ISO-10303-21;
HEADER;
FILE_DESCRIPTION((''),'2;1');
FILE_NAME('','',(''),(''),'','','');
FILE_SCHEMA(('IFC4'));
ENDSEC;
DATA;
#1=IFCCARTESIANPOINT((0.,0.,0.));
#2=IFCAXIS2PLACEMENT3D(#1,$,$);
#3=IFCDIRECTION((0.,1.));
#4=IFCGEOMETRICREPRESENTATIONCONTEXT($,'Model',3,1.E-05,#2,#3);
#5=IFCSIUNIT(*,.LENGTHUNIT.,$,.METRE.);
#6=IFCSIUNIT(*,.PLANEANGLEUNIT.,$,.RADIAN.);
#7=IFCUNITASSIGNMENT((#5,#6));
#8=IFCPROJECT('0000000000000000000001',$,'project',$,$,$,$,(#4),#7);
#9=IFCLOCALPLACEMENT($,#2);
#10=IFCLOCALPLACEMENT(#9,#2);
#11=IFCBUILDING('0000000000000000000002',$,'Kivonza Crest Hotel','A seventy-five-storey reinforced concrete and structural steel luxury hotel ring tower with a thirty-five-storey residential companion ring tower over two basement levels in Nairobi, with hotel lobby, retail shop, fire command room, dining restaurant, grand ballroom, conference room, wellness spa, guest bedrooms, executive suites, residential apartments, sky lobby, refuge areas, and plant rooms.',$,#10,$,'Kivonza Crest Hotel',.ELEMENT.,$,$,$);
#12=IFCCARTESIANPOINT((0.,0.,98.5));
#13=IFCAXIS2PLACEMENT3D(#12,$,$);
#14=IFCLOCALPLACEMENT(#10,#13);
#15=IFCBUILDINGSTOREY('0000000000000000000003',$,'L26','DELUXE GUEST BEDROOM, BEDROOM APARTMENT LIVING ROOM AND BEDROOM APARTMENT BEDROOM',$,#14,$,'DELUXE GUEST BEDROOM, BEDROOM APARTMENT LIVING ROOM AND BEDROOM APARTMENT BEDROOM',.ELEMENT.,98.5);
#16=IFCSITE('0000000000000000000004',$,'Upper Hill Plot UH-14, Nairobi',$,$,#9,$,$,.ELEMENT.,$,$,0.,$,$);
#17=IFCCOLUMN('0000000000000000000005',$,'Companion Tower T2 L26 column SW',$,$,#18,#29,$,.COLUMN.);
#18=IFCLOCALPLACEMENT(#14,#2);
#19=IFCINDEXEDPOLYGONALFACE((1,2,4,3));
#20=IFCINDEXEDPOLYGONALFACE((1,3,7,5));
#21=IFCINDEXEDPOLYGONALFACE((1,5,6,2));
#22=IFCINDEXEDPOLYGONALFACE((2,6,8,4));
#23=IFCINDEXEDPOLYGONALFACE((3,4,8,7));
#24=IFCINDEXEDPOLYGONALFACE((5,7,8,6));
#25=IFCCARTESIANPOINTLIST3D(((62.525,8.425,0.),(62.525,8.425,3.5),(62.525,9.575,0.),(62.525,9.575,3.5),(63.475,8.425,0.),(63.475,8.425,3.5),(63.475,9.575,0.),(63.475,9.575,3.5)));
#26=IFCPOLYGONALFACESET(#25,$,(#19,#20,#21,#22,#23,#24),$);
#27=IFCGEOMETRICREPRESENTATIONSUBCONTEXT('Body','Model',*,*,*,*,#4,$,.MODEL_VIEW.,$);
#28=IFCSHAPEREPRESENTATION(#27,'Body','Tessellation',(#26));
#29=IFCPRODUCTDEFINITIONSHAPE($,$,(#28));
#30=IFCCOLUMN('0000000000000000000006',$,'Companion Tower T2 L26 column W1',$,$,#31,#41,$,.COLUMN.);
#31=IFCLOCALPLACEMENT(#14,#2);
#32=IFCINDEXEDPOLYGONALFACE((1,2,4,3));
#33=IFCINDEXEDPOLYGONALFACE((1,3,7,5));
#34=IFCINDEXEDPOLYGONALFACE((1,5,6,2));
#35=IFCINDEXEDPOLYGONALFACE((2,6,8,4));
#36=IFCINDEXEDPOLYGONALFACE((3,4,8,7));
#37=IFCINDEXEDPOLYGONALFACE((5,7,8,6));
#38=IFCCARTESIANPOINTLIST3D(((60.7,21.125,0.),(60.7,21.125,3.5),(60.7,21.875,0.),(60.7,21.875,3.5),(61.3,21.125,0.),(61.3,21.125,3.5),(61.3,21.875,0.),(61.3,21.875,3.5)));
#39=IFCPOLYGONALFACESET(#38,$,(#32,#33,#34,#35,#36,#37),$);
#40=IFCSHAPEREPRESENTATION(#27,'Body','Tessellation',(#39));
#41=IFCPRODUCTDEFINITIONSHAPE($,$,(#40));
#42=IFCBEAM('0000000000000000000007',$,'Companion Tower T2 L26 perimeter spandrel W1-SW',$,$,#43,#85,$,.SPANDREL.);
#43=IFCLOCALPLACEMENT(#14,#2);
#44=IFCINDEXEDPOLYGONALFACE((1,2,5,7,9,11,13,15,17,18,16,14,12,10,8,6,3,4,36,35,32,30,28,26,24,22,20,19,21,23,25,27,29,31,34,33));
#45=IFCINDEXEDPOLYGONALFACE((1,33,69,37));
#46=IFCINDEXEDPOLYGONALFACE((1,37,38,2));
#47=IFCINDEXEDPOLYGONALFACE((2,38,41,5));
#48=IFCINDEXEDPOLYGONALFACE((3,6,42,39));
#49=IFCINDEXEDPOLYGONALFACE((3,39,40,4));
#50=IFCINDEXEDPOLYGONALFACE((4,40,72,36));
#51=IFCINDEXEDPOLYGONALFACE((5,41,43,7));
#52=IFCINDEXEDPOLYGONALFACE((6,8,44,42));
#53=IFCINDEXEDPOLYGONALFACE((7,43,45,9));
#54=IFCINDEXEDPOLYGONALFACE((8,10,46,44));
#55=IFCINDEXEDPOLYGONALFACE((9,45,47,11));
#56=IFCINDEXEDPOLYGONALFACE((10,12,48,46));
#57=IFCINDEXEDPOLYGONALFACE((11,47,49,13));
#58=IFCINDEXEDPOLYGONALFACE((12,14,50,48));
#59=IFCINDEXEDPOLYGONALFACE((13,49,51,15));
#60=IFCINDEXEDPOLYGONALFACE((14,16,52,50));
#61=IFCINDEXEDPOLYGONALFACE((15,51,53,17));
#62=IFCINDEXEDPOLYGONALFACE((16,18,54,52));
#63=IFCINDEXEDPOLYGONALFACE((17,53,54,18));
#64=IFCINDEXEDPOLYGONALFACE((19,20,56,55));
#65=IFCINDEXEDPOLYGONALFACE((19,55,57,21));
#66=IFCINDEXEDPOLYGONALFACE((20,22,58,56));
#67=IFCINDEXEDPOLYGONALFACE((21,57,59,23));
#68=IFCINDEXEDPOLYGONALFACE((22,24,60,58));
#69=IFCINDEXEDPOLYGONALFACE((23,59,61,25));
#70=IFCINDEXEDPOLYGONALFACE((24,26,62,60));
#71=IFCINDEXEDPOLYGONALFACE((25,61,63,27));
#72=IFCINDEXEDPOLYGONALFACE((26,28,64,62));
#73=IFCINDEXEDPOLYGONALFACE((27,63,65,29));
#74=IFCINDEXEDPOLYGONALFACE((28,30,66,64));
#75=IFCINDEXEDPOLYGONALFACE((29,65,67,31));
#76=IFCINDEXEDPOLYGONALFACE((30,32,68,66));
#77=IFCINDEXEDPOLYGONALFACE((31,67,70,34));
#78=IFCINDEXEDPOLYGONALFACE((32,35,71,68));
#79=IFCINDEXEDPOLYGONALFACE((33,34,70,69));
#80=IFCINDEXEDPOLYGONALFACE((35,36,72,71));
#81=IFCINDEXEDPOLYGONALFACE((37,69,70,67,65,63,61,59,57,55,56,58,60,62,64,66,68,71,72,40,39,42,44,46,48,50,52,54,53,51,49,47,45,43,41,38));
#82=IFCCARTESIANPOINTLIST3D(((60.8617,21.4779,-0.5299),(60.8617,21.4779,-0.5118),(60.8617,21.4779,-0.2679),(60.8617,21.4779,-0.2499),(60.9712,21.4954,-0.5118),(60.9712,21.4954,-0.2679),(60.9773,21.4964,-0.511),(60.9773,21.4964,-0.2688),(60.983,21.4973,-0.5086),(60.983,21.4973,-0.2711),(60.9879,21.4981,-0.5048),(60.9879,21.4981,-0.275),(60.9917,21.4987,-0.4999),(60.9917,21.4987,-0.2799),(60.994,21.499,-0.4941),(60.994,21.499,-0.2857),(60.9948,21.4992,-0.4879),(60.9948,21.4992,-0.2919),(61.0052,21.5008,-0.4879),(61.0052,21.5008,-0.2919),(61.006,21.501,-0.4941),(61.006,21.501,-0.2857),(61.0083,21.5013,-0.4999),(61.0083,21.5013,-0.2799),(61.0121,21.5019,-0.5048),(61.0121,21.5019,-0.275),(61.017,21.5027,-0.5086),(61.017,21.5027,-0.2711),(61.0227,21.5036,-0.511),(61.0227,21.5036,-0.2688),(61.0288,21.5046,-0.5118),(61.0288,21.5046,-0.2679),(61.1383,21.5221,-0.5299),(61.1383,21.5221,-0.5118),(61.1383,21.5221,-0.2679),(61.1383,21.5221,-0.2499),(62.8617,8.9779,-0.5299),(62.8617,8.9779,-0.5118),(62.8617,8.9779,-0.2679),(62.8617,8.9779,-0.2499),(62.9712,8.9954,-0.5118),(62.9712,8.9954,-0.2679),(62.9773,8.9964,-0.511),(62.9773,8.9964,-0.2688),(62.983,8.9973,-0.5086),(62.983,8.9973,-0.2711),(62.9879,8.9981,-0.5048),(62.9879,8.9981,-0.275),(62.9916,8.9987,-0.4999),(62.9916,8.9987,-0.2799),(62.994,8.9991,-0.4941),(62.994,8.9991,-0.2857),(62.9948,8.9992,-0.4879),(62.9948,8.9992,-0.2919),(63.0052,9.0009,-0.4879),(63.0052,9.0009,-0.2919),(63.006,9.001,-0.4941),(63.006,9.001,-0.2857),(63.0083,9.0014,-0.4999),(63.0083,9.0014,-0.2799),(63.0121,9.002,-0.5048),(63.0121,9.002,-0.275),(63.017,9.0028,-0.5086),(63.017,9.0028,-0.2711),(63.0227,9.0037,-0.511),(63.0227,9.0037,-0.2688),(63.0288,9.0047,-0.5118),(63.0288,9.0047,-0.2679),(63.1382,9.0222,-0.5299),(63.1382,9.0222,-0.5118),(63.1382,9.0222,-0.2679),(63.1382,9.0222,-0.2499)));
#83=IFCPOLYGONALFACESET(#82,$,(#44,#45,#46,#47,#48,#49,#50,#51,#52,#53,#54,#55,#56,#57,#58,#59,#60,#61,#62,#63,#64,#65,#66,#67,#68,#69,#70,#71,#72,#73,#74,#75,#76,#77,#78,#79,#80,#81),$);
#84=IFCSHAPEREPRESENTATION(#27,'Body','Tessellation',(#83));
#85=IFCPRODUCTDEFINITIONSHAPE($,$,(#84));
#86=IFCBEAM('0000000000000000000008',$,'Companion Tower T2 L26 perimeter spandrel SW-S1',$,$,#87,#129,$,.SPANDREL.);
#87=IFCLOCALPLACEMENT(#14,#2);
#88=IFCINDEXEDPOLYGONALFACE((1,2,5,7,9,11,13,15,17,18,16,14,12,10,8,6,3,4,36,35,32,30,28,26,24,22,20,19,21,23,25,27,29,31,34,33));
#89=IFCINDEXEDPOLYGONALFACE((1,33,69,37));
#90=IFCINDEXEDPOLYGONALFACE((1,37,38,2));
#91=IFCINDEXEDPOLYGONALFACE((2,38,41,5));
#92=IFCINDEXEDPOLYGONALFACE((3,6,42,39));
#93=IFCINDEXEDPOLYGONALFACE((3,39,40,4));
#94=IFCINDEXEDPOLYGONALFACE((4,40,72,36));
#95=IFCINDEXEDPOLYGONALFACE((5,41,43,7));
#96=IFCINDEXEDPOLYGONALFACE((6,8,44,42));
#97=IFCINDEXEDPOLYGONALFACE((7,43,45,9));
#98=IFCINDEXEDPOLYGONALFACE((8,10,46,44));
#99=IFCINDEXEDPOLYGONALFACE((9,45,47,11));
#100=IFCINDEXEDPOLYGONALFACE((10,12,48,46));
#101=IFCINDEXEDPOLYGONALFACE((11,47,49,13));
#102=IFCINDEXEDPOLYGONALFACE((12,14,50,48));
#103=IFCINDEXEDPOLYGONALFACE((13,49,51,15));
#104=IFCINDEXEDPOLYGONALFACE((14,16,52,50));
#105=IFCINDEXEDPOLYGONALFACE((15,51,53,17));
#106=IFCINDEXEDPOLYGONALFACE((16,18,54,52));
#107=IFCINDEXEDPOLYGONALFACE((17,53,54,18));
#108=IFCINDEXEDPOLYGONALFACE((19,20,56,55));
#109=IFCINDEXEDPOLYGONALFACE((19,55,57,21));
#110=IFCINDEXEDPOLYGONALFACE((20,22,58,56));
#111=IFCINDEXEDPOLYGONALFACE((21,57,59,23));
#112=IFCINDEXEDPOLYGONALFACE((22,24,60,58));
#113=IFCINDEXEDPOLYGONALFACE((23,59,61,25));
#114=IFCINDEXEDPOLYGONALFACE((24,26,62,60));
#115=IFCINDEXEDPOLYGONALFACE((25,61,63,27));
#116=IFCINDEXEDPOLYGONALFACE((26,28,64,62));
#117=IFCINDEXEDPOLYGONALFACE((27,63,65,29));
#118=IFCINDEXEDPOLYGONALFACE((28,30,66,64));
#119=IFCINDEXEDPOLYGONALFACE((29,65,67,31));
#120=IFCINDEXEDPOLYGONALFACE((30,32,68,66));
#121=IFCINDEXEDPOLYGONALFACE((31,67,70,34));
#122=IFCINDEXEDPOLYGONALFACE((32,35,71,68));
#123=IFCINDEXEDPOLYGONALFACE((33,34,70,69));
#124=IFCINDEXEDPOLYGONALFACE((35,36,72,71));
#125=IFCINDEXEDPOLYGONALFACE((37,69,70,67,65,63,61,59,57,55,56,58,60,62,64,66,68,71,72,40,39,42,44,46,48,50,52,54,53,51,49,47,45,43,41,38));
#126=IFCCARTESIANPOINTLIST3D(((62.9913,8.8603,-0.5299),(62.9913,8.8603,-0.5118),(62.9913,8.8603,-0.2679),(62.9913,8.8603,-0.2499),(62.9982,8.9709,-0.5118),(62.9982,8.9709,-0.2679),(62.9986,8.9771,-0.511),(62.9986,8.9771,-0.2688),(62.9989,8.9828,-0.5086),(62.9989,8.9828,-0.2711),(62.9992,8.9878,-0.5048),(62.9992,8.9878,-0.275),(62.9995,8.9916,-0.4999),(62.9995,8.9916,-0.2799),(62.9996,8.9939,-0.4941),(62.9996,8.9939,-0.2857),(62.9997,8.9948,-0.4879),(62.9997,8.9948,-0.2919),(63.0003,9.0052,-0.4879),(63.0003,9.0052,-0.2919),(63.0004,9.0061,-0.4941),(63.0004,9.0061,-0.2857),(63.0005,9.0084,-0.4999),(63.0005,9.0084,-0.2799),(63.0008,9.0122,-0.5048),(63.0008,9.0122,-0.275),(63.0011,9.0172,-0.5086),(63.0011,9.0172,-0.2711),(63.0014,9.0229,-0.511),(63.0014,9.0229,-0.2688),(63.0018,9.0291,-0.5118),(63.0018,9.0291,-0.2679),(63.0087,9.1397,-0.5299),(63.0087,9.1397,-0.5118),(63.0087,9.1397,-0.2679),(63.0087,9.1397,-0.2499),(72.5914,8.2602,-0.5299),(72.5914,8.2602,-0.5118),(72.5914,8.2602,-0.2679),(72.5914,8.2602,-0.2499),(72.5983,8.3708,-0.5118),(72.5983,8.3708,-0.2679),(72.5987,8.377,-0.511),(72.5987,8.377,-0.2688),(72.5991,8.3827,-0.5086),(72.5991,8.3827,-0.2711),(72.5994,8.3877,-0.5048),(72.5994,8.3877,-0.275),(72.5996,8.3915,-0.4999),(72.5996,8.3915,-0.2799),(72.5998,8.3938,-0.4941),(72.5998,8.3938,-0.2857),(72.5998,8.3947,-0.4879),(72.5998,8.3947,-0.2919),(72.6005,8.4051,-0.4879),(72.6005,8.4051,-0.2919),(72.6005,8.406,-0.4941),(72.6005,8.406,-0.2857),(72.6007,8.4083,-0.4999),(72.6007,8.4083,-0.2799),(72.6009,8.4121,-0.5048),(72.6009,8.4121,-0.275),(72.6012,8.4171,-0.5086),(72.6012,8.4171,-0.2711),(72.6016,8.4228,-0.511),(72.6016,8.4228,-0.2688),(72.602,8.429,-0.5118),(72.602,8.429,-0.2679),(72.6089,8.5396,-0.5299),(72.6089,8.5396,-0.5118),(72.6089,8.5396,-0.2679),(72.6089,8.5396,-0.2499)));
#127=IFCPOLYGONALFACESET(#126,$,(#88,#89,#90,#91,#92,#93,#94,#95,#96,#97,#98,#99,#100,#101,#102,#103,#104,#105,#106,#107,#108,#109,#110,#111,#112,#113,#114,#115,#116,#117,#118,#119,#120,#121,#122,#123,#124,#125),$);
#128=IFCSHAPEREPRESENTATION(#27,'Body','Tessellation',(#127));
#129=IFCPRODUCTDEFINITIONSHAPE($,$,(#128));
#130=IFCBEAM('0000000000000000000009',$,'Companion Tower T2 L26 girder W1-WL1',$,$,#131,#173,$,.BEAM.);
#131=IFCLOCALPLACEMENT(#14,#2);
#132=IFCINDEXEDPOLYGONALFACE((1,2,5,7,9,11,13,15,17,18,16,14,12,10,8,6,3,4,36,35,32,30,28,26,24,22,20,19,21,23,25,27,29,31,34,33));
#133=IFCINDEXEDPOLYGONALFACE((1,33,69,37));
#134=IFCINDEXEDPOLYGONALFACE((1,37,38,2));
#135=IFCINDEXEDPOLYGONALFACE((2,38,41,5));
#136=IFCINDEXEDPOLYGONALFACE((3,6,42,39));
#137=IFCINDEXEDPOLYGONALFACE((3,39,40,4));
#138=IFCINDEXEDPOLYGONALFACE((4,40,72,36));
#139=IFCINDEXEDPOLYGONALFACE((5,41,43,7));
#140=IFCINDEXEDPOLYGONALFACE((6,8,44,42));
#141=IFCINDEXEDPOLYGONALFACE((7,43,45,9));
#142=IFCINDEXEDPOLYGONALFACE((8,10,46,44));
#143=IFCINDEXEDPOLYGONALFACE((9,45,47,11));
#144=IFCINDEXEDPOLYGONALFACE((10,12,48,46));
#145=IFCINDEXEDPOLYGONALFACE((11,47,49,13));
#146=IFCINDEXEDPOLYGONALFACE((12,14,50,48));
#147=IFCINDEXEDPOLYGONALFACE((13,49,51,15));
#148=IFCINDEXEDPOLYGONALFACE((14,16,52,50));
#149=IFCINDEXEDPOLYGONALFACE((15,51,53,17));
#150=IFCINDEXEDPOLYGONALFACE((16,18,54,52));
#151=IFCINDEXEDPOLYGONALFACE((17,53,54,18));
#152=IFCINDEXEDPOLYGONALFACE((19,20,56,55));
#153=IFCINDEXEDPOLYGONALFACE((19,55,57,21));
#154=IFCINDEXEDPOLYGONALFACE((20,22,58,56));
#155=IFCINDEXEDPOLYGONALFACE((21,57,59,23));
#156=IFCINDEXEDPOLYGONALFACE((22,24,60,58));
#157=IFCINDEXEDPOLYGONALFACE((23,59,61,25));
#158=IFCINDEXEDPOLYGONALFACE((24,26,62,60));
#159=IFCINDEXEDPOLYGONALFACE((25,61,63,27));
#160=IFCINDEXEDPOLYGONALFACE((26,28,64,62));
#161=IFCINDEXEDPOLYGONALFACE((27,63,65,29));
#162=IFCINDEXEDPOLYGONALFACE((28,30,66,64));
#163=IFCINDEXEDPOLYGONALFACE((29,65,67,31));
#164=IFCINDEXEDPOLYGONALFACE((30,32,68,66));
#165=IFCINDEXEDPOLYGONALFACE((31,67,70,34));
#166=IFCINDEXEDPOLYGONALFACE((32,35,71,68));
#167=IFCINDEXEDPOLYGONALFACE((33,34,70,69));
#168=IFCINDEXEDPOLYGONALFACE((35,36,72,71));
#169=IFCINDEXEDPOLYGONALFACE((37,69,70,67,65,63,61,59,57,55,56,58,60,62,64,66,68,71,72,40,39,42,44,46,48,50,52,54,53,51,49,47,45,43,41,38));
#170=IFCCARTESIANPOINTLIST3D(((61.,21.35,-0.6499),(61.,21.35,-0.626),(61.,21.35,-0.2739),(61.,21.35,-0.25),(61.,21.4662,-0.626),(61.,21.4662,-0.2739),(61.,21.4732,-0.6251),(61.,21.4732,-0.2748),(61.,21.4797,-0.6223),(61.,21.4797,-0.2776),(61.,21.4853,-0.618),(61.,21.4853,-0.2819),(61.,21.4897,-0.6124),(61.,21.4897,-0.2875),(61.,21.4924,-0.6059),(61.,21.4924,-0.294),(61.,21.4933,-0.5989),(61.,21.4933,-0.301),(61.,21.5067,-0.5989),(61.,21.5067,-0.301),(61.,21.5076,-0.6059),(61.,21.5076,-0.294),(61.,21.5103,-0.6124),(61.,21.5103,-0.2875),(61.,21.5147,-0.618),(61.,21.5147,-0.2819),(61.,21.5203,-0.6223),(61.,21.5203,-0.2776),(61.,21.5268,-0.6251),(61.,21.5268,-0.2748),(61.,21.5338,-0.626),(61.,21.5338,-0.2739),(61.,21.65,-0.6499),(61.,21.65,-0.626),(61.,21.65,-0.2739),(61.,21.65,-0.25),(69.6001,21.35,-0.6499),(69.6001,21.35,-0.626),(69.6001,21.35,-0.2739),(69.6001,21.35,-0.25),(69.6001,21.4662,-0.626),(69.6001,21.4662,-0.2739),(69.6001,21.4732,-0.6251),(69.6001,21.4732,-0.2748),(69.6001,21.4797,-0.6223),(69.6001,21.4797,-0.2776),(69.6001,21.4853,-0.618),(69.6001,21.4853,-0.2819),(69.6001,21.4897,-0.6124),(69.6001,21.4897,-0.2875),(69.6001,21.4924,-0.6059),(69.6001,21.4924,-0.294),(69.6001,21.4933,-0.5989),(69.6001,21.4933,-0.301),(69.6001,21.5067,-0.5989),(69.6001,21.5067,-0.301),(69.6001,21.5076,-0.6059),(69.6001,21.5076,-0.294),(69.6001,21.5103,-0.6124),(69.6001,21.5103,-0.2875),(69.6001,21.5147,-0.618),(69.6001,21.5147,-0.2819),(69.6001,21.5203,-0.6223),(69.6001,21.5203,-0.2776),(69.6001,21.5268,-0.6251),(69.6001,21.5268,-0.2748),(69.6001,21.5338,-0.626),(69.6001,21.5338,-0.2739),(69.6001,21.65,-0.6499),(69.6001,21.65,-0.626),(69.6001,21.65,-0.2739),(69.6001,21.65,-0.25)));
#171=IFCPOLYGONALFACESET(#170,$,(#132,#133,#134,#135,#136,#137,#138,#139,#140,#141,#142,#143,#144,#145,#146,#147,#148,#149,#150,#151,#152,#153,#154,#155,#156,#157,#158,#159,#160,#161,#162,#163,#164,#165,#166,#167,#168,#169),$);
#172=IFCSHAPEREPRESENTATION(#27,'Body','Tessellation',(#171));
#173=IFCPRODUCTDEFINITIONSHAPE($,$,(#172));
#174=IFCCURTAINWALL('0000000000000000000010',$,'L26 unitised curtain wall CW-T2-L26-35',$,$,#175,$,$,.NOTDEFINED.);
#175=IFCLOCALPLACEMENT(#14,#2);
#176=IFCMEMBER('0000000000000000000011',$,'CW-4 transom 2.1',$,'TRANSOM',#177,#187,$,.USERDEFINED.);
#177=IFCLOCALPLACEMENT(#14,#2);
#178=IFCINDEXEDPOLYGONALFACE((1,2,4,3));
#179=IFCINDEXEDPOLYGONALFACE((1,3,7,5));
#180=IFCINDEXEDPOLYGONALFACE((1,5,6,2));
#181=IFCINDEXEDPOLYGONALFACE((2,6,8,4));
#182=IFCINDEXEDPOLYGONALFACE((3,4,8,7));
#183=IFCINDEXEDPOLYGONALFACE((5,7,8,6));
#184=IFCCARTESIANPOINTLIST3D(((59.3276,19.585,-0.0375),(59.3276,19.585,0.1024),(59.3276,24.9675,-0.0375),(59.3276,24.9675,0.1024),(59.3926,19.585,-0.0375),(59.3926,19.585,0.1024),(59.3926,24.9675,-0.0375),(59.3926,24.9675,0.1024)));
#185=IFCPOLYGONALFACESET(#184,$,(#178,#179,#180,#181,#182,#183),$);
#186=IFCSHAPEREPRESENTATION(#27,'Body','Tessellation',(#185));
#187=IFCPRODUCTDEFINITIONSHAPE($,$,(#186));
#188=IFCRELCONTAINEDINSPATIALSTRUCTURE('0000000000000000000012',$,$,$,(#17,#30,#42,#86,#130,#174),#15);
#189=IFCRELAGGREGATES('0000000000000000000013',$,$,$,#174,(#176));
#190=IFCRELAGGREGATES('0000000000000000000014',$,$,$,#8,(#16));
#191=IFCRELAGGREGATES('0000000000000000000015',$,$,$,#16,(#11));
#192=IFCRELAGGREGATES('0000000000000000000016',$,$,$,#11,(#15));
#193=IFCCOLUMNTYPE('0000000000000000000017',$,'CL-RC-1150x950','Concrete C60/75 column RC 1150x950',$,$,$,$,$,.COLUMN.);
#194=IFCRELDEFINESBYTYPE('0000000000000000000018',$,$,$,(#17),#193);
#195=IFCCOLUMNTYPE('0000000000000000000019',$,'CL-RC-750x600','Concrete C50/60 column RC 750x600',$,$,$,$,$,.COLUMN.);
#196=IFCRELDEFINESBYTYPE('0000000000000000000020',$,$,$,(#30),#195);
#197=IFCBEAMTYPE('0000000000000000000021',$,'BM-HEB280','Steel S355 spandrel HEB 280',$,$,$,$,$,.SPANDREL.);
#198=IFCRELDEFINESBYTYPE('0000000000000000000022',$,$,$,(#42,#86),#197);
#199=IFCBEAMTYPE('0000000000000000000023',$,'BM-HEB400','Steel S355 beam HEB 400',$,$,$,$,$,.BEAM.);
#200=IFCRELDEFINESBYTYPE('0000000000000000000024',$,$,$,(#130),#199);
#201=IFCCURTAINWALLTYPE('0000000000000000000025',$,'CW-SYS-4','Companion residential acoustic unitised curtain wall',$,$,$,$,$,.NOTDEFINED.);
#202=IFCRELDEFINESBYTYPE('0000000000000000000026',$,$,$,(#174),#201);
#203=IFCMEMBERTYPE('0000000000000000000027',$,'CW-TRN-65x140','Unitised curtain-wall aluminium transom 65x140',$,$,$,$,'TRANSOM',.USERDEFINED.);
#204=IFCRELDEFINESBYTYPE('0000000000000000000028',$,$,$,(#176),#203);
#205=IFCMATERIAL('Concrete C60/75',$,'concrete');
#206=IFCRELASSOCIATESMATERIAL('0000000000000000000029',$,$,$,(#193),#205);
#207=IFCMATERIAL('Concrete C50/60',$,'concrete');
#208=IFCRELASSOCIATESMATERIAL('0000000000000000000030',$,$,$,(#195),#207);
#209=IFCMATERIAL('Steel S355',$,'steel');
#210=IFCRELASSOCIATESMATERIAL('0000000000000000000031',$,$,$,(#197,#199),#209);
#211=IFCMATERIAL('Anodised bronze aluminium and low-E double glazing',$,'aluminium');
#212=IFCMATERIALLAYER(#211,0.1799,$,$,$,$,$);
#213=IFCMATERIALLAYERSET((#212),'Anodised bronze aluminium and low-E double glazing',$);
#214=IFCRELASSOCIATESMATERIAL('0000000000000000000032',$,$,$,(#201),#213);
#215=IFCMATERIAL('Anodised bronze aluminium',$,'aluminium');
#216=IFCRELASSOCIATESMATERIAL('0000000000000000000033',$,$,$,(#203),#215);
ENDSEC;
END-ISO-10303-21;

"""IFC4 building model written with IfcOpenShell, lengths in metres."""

from ifc_helpers import new_model, si_unit, direction, frame, origin, origin_2d, place, context, subcontext, project, spatial, rectangle, i_section, extrude, material, layer, layer_set, material_profile, profile_set, type_object, element, aggregate, save


model = new_model("IFC4")

# Units and contexts
model_context = context("Model", 3, precision=1e-05, world=origin(), true_north=direction((0.0, 1.0)))
body_context = subcontext(model_context, "Body", "Model", "MODEL_VIEW")
ifc_project = project(units=[si_unit("LENGTHUNIT", "METRE"), si_unit("PLANEANGLEUNIT", "RADIAN")], contexts=[model_context])

# Site, building, storey
site_placement = place(None, origin())
site = spatial("IfcSite", under=ifc_project, at=site_placement, Name="Upper Hill Plot UH-14, Nairobi", CompositionType="ELEMENT", RefElevation=0.0)
building_placement = place(site_placement, origin())
building = spatial("IfcBuilding", under=site, at=building_placement, Name="Kivonza Crest Hotel", Description="A seventy-five-storey reinforced concrete and structural steel luxury hotel ring tower with a thirty-five-storey residential companion ring tower over two basement levels in Nairobi, with hotel lobby, retail shop, fire command room, dining restaurant, grand ballroom, conference room, wellness spa, guest bedrooms, executive suites, residential apartments, sky lobby, refuge areas, and plant rooms.", LongName="Kivonza Crest Hotel", CompositionType="ELEMENT")
storey_placement = place(building_placement, frame((0.0, 0.0, 98.5)))
storey = spatial("IfcBuildingStorey", under=building, at=storey_placement, Name="L26", Description="DELUXE GUEST BEDROOM, BEDROOM APARTMENT LIVING ROOM AND BEDROOM APARTMENT BEDROOM", LongName="DELUXE GUEST BEDROOM, BEDROOM APARTMENT LIVING ROOM AND BEDROOM APARTMENT BEDROOM", CompositionType="ELEMENT", Elevation=98.5)

# Columns
ifc_material_1 = material(Name="Concrete C60/75", Category="concrete")
ifc_material_profile_1 = material_profile(ifc_material_1, rectangle(XDim=0.95, YDim=1.1499, at=origin_2d()), Name="RC 1150x950")
ifc_profile_set_1 = profile_set([ifc_material_profile_1], Name="Concrete C60/75")
column_type_1 = type_object("IfcColumnType", Name="CL-RC-1150x950", Description="Concrete C60/75 column RC 1150x950", PredefinedType="COLUMN", material=ifc_profile_set_1)
column_1_placement = place(storey_placement, frame((63.0, 9.0, 0.0), z_axis=(0.0, 0.0, 1.0), x_axis=(1.0, 0.0, 0.0)))
element("IfcColumn", 1, at=column_1_placement, inside=storey, type_object=column_type_1, Name="Companion Tower T2 L26 column SW", PredefinedType="COLUMN", context=body_context, shape_type="SweptSolid", body=[
    extrude(rectangle(XDim=0.95, YDim=1.1499, at=origin_2d()), origin(), (0.0, 0.0, 1.0), 3.5),
])
ifc_material_2 = material(Name="Concrete C50/60", Category="concrete")
ifc_material_profile_2 = material_profile(ifc_material_2, rectangle(XDim=0.6001, YDim=0.75, at=origin_2d()), Name="RC 750x600")
ifc_profile_set_2 = profile_set([ifc_material_profile_2], Name="Concrete C50/60")
column_type_2 = type_object("IfcColumnType", Name="CL-RC-750x600", Description="Concrete C50/60 column RC 750x600", PredefinedType="COLUMN", material=ifc_profile_set_2)
column_2_placement = place(storey_placement, frame((61.0, 21.5, 0.0), z_axis=(0.0, 0.0, 1.0), x_axis=(1.0, 0.0, 0.0)))
element("IfcColumn", 2, at=column_2_placement, inside=storey, type_object=column_type_2, Name="Companion Tower T2 L26 column W1", PredefinedType="COLUMN", context=body_context, shape_type="SweptSolid", body=[
    extrude(rectangle(XDim=0.6001, YDim=0.75, at=origin_2d()), origin(), (0.0, 0.0, 1.0), 3.5),
])

# Beams
ifc_material_3 = material(Name="Steel S355", Category="steel")
ifc_material_profile_3 = material_profile(ifc_material_3, i_section(OverallWidth=0.28, OverallDepth=0.28, WebThickness=0.0105, FlangeThickness=0.0181, FilletRadius=0.0239, at=origin_2d()), Name="HEB 280")
ifc_profile_set_3 = profile_set([ifc_material_profile_3], Name="Steel S355")
beam_type_1 = type_object("IfcBeamType", Name="BM-HEB280", Description="Steel S355 spandrel HEB 280", PredefinedType="SPANDREL", material=ifc_profile_set_3)
beam_1_placement = place(storey_placement, frame((61.0, 21.5, -0.3899), z_axis=(0.157991, -0.987441, 0.0), x_axis=(0.987441, 0.157991, 0.0)))
element("IfcBeam", 3, at=beam_1_placement, inside=storey, type_object=beam_type_1, Name="Companion Tower T2 L26 perimeter spandrel W1-SW", PredefinedType="SPANDREL", context=body_context, shape_type="SweptSolid", body=[
    extrude(i_section(OverallWidth=0.28, OverallDepth=0.28, WebThickness=0.0105, FlangeThickness=0.0181, FilletRadius=0.0239, at=origin_2d()), origin(), (0.0, 0.0, 1.0), 12.6589),
])
beam_2_placement = place(storey_placement, frame((63.0, 9.0, -0.3899), z_axis=(0.998052, -0.062388, 0.0), x_axis=(0.062388, 0.998052, 0.0)))
element("IfcBeam", 4, at=beam_2_placement, inside=storey, type_object=beam_type_1, Name="Companion Tower T2 L26 perimeter spandrel SW-S1", PredefinedType="SPANDREL", context=body_context, shape_type="SweptSolid", body=[
    extrude(i_section(OverallWidth=0.28, OverallDepth=0.28, WebThickness=0.0105, FlangeThickness=0.0181, FilletRadius=0.0239, at=origin_2d()), origin(), (0.0, 0.0, 1.0), 9.6189),
])
ifc_material_profile_4 = material_profile(ifc_material_3, i_section(OverallWidth=0.3, OverallDepth=0.3999, WebThickness=0.0134, FlangeThickness=0.0239, FilletRadius=0.0271, at=origin_2d()), Name="HEB 400")
ifc_profile_set_4 = profile_set([ifc_material_profile_4], Name="Steel S355")
beam_type_2 = type_object("IfcBeamType", Name="BM-HEB400", Description="Steel S355 beam HEB 400", PredefinedType="BEAM", material=ifc_profile_set_4)
beam_3_placement = place(storey_placement, frame((61.0, 21.5, -0.45), z_axis=(1.0, 0.0, 0.0), x_axis=(0.0, 1.0, 0.0)))
element("IfcBeam", 5, at=beam_3_placement, inside=storey, type_object=beam_type_2, Name="Companion Tower T2 L26 girder W1-WL1", PredefinedType="BEAM", context=body_context, shape_type="SweptSolid", body=[
    extrude(i_section(OverallWidth=0.3, OverallDepth=0.3999, WebThickness=0.0134, FlangeThickness=0.0239, FilletRadius=0.0271, at=origin_2d()), origin(), (0.0, 0.0, 1.0), 8.6001),
])

# Curtain wall, member
ifc_material_4 = material(Name="Anodised bronze aluminium and low-E double glazing", Category="aluminium")
ifc_layer_1 = layer(ifc_material_4, 0.1799)
ifc_layer_set_1 = layer_set([ifc_layer_1], Name="Anodised bronze aluminium and low-E double glazing")
curtain_wall_type = type_object("IfcCurtainWallType", Name="CW-SYS-4", Description="Companion residential acoustic unitised curtain wall", PredefinedType="NOTDEFINED", material=ifc_layer_set_1)
curtain_wall_placement = place(storey_placement, origin())
curtain_wall = element("IfcCurtainWall", 6, at=curtain_wall_placement, inside=storey, type_object=curtain_wall_type, Name="L26 unitised curtain wall CW-T2-L26-35", PredefinedType="NOTDEFINED")
ifc_material_5 = material(Name="Anodised bronze aluminium", Category="aluminium")
ifc_material_profile_5 = material_profile(ifc_material_5, rectangle(XDim=0.0649, YDim=0.1399, at=origin_2d()), Name="CW-T 65x140")
ifc_profile_set_5 = profile_set([ifc_material_profile_5], Name="Anodised bronze aluminium")
member_type = type_object("IfcMemberType", Name="CW-TRN-65x140", Description="Unitised curtain-wall aluminium transom 65x140", ElementType="TRANSOM", PredefinedType="USERDEFINED", material=ifc_profile_set_5)
member_1_placement = place(storey_placement, frame((59.3601, 24.9675, 0.0325), z_axis=(0.0, -1.0, 0.0), x_axis=(1.0, 0.0, 0.0)))
member_1 = element("IfcMember", 7, at=member_1_placement, type_object=member_type, Name="CW-4 transom 2.1", ObjectType="TRANSOM", PredefinedType="USERDEFINED", context=body_context, shape_type="SweptSolid", body=[
    extrude(rectangle(XDim=0.0649, YDim=0.1399, at=origin_2d()), origin(), (0.0, 0.0, 1.0), 5.3826),
])
aggregate(curtain_wall, [member_1])

save(model, "model.ifc")
